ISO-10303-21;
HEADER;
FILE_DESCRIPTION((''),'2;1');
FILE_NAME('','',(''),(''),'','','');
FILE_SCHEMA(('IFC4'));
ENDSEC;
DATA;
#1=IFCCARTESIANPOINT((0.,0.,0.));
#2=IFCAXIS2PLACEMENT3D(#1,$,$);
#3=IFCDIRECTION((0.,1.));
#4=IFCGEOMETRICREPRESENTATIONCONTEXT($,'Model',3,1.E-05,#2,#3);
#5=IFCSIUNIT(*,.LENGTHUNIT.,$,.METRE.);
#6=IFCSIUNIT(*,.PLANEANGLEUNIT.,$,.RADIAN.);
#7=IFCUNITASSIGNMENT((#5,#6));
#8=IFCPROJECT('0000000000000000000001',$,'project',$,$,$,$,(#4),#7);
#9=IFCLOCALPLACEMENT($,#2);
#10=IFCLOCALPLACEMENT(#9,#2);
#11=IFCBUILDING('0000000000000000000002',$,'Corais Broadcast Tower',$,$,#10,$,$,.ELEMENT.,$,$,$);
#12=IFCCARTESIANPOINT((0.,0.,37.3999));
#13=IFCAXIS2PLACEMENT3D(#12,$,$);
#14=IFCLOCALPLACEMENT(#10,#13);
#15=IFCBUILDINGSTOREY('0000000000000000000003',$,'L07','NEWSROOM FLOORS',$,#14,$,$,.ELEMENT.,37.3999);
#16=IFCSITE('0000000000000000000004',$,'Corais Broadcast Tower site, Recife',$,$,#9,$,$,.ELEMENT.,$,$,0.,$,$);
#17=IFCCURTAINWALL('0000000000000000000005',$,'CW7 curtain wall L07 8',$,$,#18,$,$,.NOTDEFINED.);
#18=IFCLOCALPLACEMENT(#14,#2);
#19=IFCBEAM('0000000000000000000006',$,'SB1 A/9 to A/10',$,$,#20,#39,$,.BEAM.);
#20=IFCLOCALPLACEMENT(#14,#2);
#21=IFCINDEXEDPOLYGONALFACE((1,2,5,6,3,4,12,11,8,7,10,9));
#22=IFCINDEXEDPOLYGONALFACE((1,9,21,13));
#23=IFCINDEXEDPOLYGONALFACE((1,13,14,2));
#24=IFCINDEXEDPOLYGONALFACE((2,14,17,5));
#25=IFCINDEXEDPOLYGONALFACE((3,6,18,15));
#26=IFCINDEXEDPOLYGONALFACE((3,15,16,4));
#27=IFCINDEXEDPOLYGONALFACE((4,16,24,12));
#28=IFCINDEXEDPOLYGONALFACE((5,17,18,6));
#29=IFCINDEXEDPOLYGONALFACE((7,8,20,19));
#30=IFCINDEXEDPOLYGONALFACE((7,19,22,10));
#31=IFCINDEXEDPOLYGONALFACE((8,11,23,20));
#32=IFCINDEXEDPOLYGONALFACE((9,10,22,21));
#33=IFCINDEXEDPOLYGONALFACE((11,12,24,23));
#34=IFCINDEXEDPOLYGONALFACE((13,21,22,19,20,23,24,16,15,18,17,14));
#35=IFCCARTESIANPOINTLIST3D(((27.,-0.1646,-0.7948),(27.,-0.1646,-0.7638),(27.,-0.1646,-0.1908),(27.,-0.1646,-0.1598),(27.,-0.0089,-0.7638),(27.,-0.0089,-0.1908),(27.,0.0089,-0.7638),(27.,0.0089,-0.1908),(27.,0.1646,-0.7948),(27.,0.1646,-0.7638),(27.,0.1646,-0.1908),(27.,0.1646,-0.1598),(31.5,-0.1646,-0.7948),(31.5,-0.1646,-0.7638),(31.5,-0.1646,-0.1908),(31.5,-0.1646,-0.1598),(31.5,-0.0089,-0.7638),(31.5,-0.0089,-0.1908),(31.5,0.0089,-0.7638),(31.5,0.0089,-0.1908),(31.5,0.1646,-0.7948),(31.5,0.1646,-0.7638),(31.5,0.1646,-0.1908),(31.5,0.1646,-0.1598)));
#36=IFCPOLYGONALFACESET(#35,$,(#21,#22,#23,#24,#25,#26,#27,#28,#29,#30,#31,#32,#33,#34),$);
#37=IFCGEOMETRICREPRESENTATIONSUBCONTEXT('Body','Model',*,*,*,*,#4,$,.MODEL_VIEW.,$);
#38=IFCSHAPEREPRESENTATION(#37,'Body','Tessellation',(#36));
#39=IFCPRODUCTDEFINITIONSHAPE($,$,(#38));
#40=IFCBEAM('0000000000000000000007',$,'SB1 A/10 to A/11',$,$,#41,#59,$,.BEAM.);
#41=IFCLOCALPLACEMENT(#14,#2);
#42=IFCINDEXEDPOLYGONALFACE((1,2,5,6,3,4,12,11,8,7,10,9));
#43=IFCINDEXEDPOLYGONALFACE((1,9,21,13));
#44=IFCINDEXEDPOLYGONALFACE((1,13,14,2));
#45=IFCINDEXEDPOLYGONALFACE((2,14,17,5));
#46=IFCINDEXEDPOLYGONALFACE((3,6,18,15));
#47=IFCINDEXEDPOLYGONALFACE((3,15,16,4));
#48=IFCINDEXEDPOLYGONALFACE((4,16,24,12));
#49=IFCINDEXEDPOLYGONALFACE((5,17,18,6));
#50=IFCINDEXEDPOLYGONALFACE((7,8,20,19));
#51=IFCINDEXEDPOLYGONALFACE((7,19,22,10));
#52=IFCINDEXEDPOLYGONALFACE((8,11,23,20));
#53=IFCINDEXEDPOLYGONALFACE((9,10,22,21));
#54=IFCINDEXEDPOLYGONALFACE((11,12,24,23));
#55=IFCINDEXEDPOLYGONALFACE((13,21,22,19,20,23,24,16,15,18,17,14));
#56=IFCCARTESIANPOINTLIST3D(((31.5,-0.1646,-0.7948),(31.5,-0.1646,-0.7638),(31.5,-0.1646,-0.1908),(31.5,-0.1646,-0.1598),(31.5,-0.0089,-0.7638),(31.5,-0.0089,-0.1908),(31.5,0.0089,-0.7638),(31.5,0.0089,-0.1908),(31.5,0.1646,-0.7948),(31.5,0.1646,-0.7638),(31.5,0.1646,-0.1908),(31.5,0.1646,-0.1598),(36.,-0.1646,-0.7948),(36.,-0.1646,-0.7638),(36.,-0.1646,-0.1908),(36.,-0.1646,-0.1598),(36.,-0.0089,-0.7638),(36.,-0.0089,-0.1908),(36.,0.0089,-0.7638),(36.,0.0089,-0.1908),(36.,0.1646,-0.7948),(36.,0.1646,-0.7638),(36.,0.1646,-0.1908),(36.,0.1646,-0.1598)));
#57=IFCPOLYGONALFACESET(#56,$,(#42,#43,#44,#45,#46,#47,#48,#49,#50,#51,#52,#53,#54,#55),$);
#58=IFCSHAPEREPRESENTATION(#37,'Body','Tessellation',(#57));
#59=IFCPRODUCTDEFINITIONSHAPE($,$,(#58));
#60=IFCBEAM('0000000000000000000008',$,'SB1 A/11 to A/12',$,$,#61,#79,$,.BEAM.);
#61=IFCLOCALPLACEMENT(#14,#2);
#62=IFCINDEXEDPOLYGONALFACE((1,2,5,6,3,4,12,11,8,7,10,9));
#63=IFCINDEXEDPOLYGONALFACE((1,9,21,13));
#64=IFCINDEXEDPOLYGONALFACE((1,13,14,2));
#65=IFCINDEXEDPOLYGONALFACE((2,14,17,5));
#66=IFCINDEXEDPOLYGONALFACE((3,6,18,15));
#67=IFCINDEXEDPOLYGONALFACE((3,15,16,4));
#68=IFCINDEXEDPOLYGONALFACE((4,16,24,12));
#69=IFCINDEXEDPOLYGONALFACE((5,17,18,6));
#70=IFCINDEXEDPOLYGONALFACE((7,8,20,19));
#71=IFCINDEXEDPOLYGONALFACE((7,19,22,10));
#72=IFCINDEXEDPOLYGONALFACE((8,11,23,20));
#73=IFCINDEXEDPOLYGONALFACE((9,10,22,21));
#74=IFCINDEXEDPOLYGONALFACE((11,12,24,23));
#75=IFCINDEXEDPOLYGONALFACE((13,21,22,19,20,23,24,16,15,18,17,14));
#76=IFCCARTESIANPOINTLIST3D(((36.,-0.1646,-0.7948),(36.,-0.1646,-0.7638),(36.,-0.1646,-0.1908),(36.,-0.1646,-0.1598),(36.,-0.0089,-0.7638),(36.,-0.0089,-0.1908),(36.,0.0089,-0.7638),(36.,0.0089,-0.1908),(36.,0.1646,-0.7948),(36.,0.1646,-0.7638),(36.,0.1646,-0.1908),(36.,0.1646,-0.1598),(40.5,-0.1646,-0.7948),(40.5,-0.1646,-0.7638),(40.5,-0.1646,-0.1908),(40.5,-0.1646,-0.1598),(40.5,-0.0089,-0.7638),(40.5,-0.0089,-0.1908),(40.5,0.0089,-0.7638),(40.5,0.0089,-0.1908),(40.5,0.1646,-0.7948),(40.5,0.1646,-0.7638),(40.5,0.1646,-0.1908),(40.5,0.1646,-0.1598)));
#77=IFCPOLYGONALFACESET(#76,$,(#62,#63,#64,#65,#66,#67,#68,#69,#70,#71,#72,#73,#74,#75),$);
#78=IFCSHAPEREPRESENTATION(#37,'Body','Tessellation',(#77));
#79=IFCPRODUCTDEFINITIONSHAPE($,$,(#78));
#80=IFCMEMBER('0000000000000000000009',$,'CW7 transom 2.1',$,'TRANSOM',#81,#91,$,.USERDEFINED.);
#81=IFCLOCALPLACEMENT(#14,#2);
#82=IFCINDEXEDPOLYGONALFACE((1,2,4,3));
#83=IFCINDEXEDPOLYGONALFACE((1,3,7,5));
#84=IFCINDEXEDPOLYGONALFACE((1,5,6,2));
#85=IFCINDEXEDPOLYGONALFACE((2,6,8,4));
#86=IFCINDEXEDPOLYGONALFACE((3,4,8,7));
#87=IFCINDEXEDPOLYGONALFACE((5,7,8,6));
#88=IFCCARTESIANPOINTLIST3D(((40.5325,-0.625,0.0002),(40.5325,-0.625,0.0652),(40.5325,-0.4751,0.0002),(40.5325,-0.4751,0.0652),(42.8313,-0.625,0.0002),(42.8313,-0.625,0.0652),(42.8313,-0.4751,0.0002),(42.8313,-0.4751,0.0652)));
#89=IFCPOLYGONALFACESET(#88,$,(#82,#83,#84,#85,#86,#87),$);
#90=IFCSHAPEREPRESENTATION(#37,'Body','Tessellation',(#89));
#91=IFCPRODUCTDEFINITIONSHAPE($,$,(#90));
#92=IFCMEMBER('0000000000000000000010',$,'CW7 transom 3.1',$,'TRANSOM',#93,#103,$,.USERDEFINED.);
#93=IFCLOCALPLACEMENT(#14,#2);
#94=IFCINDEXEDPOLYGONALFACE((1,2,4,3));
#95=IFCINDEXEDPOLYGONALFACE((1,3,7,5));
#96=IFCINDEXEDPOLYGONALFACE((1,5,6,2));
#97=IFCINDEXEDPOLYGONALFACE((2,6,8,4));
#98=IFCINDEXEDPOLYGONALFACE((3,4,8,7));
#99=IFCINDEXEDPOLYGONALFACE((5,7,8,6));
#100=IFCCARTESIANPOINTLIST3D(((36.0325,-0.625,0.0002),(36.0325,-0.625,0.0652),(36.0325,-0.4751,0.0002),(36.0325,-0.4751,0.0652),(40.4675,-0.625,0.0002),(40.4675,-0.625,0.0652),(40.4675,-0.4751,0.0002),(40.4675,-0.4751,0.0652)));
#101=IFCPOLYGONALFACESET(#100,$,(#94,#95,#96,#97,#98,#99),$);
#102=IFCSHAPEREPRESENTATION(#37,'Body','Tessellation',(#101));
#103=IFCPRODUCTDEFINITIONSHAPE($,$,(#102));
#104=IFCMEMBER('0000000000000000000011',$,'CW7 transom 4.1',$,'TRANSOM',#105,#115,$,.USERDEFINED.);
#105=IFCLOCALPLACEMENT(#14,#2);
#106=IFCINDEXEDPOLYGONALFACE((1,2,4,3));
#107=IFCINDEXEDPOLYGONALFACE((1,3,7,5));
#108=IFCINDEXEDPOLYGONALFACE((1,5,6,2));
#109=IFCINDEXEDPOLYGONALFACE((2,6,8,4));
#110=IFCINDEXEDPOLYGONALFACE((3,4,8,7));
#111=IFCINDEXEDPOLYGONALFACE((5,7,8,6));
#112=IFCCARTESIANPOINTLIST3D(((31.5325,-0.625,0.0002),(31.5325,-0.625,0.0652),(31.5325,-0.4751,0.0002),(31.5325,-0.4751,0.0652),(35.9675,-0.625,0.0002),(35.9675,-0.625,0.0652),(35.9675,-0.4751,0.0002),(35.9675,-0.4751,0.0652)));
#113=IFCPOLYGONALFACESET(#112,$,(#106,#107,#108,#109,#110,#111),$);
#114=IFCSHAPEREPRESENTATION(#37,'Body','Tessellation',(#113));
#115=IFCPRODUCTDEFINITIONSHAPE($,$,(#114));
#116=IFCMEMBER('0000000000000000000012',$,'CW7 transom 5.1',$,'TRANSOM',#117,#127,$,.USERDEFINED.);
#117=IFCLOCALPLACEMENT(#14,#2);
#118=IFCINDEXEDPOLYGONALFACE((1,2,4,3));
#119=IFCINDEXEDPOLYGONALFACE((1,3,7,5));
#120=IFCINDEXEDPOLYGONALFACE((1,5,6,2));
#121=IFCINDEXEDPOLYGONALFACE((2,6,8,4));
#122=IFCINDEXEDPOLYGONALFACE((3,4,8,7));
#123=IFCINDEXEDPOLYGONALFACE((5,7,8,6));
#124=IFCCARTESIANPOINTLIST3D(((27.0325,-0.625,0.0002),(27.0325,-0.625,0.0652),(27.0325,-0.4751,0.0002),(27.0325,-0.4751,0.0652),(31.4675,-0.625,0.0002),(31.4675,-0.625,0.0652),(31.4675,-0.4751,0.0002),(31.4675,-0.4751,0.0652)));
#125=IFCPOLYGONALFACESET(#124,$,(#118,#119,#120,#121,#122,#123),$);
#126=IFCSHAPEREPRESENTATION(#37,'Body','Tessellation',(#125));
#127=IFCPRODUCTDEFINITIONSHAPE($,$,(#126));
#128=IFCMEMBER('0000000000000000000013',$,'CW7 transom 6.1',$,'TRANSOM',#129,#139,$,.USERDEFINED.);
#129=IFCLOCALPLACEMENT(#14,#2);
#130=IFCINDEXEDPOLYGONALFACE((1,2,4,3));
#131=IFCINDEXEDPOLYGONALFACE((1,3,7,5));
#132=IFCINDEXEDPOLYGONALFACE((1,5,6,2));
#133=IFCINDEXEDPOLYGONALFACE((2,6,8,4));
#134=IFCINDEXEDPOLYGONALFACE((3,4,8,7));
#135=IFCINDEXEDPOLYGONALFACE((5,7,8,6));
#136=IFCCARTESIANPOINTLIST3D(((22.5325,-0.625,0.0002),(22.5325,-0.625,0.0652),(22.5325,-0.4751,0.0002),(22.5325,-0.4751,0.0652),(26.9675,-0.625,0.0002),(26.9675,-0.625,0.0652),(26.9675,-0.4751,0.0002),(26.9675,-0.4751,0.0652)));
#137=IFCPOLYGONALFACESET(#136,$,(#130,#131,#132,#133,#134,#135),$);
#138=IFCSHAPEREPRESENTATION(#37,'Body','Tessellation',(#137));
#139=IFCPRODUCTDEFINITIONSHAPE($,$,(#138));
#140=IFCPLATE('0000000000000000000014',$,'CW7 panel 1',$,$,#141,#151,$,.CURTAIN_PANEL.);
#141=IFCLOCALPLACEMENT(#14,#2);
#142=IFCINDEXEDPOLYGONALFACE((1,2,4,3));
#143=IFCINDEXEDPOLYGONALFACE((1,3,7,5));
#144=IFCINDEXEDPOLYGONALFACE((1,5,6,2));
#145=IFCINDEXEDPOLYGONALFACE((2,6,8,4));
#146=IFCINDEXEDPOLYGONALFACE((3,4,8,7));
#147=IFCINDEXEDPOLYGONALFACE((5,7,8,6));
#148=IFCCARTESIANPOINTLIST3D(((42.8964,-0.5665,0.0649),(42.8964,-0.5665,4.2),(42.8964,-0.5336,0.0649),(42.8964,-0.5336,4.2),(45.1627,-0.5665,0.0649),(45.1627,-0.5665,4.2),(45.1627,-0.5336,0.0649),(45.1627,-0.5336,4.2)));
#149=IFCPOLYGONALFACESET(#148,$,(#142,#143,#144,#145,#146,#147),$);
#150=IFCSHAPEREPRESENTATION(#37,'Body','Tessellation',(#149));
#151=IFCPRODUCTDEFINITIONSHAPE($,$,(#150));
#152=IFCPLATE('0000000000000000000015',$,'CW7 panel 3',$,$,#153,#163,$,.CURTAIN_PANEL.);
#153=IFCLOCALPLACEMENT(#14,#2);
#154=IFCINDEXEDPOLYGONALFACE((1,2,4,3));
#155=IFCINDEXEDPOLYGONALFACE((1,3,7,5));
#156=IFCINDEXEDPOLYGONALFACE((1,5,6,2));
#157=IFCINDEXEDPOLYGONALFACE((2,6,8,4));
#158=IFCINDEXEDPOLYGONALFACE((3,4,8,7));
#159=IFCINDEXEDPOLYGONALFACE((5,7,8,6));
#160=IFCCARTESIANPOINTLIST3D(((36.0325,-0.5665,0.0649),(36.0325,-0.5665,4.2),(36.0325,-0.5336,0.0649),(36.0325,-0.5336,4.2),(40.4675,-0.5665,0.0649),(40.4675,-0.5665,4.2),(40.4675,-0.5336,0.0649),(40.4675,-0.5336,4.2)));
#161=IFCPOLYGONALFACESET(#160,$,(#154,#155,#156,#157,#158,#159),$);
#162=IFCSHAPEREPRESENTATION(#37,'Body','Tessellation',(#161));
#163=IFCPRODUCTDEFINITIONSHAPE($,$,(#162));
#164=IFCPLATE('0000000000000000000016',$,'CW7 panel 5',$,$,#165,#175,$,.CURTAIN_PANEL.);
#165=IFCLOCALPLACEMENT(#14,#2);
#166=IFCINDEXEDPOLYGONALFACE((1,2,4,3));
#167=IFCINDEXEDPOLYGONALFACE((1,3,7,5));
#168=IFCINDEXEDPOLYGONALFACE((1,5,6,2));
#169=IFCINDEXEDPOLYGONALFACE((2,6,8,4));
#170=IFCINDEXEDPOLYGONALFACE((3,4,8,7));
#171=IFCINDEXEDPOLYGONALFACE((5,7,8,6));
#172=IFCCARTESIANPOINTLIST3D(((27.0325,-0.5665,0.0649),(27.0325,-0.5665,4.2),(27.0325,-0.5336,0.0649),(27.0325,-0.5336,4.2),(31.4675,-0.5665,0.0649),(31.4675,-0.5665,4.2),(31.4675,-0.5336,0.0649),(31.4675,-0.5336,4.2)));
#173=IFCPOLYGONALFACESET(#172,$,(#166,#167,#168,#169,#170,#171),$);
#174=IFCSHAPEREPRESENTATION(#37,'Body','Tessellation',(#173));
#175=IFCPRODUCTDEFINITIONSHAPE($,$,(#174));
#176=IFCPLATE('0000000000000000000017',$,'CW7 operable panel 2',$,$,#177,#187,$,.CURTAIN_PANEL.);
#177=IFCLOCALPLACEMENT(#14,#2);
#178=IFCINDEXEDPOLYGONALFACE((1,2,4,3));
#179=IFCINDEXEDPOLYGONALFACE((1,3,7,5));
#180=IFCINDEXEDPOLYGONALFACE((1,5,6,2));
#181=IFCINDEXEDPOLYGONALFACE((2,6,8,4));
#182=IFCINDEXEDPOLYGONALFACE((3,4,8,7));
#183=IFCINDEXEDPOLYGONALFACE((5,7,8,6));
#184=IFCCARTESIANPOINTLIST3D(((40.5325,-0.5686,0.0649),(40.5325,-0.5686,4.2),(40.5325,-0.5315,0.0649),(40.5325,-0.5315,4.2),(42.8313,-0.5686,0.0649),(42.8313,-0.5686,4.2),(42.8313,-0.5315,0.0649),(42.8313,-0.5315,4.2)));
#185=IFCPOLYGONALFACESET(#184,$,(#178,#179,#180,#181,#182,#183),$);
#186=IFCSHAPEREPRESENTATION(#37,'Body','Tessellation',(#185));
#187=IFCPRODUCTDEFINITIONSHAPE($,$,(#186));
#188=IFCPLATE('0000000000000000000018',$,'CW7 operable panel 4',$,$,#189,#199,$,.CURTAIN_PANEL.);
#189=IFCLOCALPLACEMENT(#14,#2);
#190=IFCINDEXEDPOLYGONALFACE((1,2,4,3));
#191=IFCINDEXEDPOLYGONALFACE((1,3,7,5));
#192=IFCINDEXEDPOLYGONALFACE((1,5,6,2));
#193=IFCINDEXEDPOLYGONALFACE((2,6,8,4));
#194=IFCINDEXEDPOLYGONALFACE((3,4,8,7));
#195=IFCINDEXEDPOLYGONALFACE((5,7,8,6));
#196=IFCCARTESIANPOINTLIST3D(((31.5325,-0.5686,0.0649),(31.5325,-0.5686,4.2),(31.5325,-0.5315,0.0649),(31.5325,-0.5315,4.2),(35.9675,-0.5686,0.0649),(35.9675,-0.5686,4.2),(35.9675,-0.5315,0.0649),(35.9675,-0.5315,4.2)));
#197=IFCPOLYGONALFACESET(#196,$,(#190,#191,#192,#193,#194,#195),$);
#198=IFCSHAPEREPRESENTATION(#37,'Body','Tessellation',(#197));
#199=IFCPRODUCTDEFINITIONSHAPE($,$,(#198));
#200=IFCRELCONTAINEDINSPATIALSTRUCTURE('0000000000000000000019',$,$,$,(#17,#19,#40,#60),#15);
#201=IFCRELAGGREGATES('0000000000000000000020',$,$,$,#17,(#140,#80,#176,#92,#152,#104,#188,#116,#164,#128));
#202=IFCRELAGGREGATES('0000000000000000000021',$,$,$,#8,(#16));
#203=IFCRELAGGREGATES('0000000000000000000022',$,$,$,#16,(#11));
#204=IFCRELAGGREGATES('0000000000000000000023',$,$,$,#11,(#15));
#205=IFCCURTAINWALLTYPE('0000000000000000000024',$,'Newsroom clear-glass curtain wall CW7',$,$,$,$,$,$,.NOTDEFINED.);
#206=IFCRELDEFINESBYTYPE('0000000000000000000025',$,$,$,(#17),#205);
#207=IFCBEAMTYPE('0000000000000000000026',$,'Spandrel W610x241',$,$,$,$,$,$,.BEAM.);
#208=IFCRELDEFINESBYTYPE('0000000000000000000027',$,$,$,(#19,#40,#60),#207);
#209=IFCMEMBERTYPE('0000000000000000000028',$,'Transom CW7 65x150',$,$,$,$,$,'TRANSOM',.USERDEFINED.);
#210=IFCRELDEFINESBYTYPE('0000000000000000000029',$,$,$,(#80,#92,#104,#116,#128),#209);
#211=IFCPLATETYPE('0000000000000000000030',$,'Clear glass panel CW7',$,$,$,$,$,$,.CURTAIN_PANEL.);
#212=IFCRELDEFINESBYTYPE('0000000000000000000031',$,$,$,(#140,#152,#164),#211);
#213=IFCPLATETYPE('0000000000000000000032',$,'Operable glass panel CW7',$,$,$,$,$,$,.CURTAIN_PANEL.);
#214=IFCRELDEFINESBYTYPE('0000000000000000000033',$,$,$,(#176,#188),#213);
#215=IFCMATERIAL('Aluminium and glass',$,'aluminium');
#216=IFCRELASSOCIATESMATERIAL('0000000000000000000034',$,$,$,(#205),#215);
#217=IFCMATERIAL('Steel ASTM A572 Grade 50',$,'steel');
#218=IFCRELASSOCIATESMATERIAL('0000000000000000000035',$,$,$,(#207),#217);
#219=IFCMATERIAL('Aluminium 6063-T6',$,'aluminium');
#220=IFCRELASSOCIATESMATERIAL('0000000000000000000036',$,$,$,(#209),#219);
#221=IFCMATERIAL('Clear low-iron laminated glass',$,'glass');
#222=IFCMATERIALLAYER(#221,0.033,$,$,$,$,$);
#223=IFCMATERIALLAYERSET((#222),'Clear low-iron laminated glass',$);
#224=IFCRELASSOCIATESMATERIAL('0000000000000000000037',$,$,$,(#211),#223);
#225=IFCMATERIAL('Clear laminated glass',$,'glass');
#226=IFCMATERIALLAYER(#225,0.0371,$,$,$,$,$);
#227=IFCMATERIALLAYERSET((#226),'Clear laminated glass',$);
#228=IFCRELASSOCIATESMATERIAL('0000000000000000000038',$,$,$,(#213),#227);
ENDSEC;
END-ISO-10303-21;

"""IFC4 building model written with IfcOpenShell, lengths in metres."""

from ifc_helpers import new_model, si_unit, direction, frame, origin, origin_2d, place, context, subcontext, project, spatial, rectangle, i_section, extrude, material, layer, layer_set, material_profile, profile_set, type_object, element, aggregate, save


model = new_model("IFC4")

# Units and contexts
model_context = context("Model", 3, precision=1e-05, world=origin(), true_north=direction((0.0, 1.0)))
body_context = subcontext(model_context, "Body", "Model", "MODEL_VIEW")
ifc_project = project(units=[si_unit("LENGTHUNIT", "METRE"), si_unit("PLANEANGLEUNIT", "RADIAN")], contexts=[model_context])

# Site, building, storey
site_placement = place(None, origin())
site = spatial("IfcSite", under=ifc_project, at=site_placement, Name="Corais Broadcast Tower site, Recife", CompositionType="ELEMENT", RefElevation=0.0)
building_placement = place(site_placement, origin())
building = spatial("IfcBuilding", under=site, at=building_placement, Name="Corais Broadcast Tower", CompositionType="ELEMENT")
storey_placement = place(building_placement, frame((0.0, 0.0, 37.3999)))
storey = spatial("IfcBuildingStorey", under=building, at=storey_placement, Name="L07", Description="NEWSROOM FLOORS", CompositionType="ELEMENT", Elevation=37.3999)

# Curtain wall
ifc_material_1 = material(Name="Aluminium and glass", Category="aluminium")
curtain_wall_type = type_object("IfcCurtainWallType", Name="Newsroom clear-glass curtain wall CW7", PredefinedType="NOTDEFINED", material=ifc_material_1)
curtain_wall_placement = place(storey_placement, origin())
curtain_wall = element("IfcCurtainWall", 1, at=curtain_wall_placement, inside=storey, type_object=curtain_wall_type, Name="CW7 curtain wall L07 8", PredefinedType="NOTDEFINED")

# Beams
ifc_material_2 = material(Name="Steel ASTM A572 Grade 50", Category="steel")
ifc_material_profile_1 = material_profile(ifc_material_2, i_section(OverallWidth=0.3291, OverallDepth=0.635, WebThickness=0.0178, FlangeThickness=0.031, at=origin_2d()), Name="W610x241")
ifc_profile_set_1 = profile_set([ifc_material_profile_1], Name="Steel ASTM A572 Grade 50")
beam_type_1 = type_object("IfcBeamType", Name="Spandrel W610x241", PredefinedType="BEAM", material=ifc_profile_set_1)
for number, where, z_axis, x_axis, name in (
    (2, (27.0, 0.0, -0.4773), (1.0, 0.0, 0.0), (0.0, 1.0, 0.0), "SB1 A/9 to A/10"),
    (3, (31.5, 0.0, -0.4773), (1.0, 0.0, 0.0), (0.0, 1.0, 0.0), "SB1 A/10 to A/11"),
    (4, (36.0, 0.0, -0.4773), (1.0, 0.0, 0.0), (0.0, 1.0, 0.0), "SB1 A/11 to A/12"),
):
    element("IfcBeam", number, at=place(storey_placement, frame(where, z_axis=z_axis, x_axis=x_axis)), inside=storey, type_object=beam_type_1, Name=name, PredefinedType="BEAM", context=body_context, shape_type="SweptSolid", body=[
        extrude(i_section(OverallWidth=0.3291, OverallDepth=0.635, WebThickness=0.0178, FlangeThickness=0.031, at=origin_2d()), origin(), (0.0, 0.0, 1.0), 4.5),
    ])

# Members
ifc_material_3 = material(Name="Aluminium 6063-T6", Category="aluminium")
ifc_material_profile_2 = material_profile(ifc_material_3, rectangle(XDim=0.1499, YDim=0.0649, at=origin_2d()), Name="Transom CW7 65x150")
ifc_profile_set_2 = profile_set([ifc_material_profile_2], Name="Aluminium 6063-T6")
member_type_1 = type_object("IfcMemberType", Name="Transom CW7 65x150", ElementType="TRANSOM", PredefinedType="USERDEFINED", material=ifc_profile_set_2)
member_1_placement = place(storey_placement, frame((42.8313, -0.55, 0.0327), z_axis=(-1.0, 0.0, 0.0), x_axis=(0.0, -1.0, 0.0)))
member_1 = element("IfcMember", 5, at=member_1_placement, type_object=member_type_1, Name="CW7 transom 2.1", ObjectType="TRANSOM", PredefinedType="USERDEFINED", context=body_context, shape_type="SweptSolid", body=[
    extrude(rectangle(XDim=0.1499, YDim=0.0649, at=origin_2d()), origin(), (0.0, 0.0, 1.0), 2.2988),
])
member_2_placement = place(storey_placement, frame((40.4675, -0.55, 0.0327), z_axis=(-1.0, 0.0, 0.0), x_axis=(0.0, -1.0, 0.0)))
member_2 = element("IfcMember", 6, at=member_2_placement, type_object=member_type_1, Name="CW7 transom 3.1", ObjectType="TRANSOM", PredefinedType="USERDEFINED", context=body_context, shape_type="SweptSolid", body=[
    extrude(rectangle(XDim=0.1499, YDim=0.0649, at=origin_2d()), origin(), (0.0, 0.0, 1.0), 4.4351),
])
member_3_placement = place(storey_placement, frame((35.9675, -0.55, 0.0327), z_axis=(-1.0, 0.0, 0.0), x_axis=(0.0, -1.0, 0.0)))
member_3 = element("IfcMember", 7, at=member_3_placement, type_object=member_type_1, Name="CW7 transom 4.1", ObjectType="TRANSOM", PredefinedType="USERDEFINED", context=body_context, shape_type="SweptSolid", body=[
    extrude(rectangle(XDim=0.1499, YDim=0.0649, at=origin_2d()), origin(), (0.0, 0.0, 1.0), 4.4351),
])
member_4_placement = place(storey_placement, frame((31.4675, -0.55, 0.0327), z_axis=(-1.0, 0.0, 0.0), x_axis=(0.0, -1.0, 0.0)))
member_4 = element("IfcMember", 8, at=member_4_placement, type_object=member_type_1, Name="CW7 transom 5.1", ObjectType="TRANSOM", PredefinedType="USERDEFINED", context=body_context, shape_type="SweptSolid", body=[
    extrude(rectangle(XDim=0.1499, YDim=0.0649, at=origin_2d()), origin(), (0.0, 0.0, 1.0), 4.4351),
])
member_5_placement = place(storey_placement, frame((26.9675, -0.55, 0.0327), z_axis=(-1.0, 0.0, 0.0), x_axis=(0.0, -1.0, 0.0)))
member_5 = element("IfcMember", 9, at=member_5_placement, type_object=member_type_1, Name="CW7 transom 6.1", ObjectType="TRANSOM", PredefinedType="USERDEFINED", context=body_context, shape_type="SweptSolid", body=[
    extrude(rectangle(XDim=0.1499, YDim=0.0649, at=origin_2d()), origin(), (0.0, 0.0, 1.0), 4.4351),
])

# Plates
ifc_material_4 = material(Name="Clear low-iron laminated glass", Category="glass")
ifc_layer_1 = layer(ifc_material_4, 0.033)
ifc_layer_set_1 = layer_set([ifc_layer_1], Name="Clear low-iron laminated glass")
plate_type_1 = type_object("IfcPlateType", Name="Clear glass panel CW7", PredefinedType="CURTAIN_PANEL", material=ifc_layer_set_1)
plate_1_placement = place(storey_placement, frame((44.0295, -0.55, 0.0649), z_axis=(0.0, 0.0, 1.0), x_axis=(-1.0, 0.0, 0.0)))
plate_1 = element("IfcPlate", 10, at=plate_1_placement, type_object=plate_type_1, Name="CW7 panel 1", PredefinedType="CURTAIN_PANEL", context=body_context, shape_type="SweptSolid", body=[
    extrude(rectangle(XDim=2.2664, YDim=0.033, at=origin_2d()), origin(), (0.0, 0.0, 1.0), 4.135),
])
plate_2_placement = place(storey_placement, frame((38.25, -0.55, 0.0649), z_axis=(0.0, 0.0, 1.0), x_axis=(-1.0, 0.0, 0.0)))
plate_2 = element("IfcPlate", 11, at=plate_2_placement, type_object=plate_type_1, Name="CW7 panel 3", PredefinedType="CURTAIN_PANEL", context=body_context, shape_type="SweptSolid", body=[
    extrude(rectangle(XDim=4.4351, YDim=0.033, at=origin_2d()), origin(), (0.0, 0.0, 1.0), 4.135),
])
plate_3_placement = place(storey_placement, frame((29.25, -0.55, 0.0649), z_axis=(0.0, 0.0, 1.0), x_axis=(-1.0, 0.0, 0.0)))
plate_3 = element("IfcPlate", 12, at=plate_3_placement, type_object=plate_type_1, Name="CW7 panel 5", PredefinedType="CURTAIN_PANEL", context=body_context, shape_type="SweptSolid", body=[
    extrude(rectangle(XDim=4.4351, YDim=0.033, at=origin_2d()), origin(), (0.0, 0.0, 1.0), 4.135),
])
ifc_material_5 = material(Name="Clear laminated glass", Category="glass")
ifc_layer_2 = layer(ifc_material_5, 0.0371)
ifc_layer_set_2 = layer_set([ifc_layer_2], Name="Clear laminated glass")
plate_type_2 = type_object("IfcPlateType", Name="Operable glass panel CW7", PredefinedType="CURTAIN_PANEL", material=ifc_layer_set_2)
plate_4_placement = place(storey_placement, frame((41.6819, -0.55, 0.0649), z_axis=(0.0, 0.0, 1.0), x_axis=(-1.0, 0.0, 0.0)))
plate_4 = element("IfcPlate", 13, at=plate_4_placement, type_object=plate_type_2, Name="CW7 operable panel 2", PredefinedType="CURTAIN_PANEL", context=body_context, shape_type="SweptSolid", body=[
    extrude(rectangle(XDim=2.2988, YDim=0.0371, at=origin_2d()), origin(), (0.0, 0.0, 1.0), 4.135),
])
plate_5_placement = place(storey_placement, frame((33.75, -0.55, 0.0649), z_axis=(0.0, 0.0, 1.0), x_axis=(-1.0, 0.0, 0.0)))
plate_5 = element("IfcPlate", 14, at=plate_5_placement, type_object=plate_type_2, Name="CW7 operable panel 4", PredefinedType="CURTAIN_PANEL", context=body_context, shape_type="SweptSolid", body=[
    extrude(rectangle(XDim=4.4351, YDim=0.0371, at=origin_2d()), origin(), (0.0, 0.0, 1.0), 4.135),
])
aggregate(curtain_wall, [plate_1, member_1, plate_4, member_2, plate_2, member_3, plate_5, member_4, plate_3, member_5])

save(model, "model.ifc")
